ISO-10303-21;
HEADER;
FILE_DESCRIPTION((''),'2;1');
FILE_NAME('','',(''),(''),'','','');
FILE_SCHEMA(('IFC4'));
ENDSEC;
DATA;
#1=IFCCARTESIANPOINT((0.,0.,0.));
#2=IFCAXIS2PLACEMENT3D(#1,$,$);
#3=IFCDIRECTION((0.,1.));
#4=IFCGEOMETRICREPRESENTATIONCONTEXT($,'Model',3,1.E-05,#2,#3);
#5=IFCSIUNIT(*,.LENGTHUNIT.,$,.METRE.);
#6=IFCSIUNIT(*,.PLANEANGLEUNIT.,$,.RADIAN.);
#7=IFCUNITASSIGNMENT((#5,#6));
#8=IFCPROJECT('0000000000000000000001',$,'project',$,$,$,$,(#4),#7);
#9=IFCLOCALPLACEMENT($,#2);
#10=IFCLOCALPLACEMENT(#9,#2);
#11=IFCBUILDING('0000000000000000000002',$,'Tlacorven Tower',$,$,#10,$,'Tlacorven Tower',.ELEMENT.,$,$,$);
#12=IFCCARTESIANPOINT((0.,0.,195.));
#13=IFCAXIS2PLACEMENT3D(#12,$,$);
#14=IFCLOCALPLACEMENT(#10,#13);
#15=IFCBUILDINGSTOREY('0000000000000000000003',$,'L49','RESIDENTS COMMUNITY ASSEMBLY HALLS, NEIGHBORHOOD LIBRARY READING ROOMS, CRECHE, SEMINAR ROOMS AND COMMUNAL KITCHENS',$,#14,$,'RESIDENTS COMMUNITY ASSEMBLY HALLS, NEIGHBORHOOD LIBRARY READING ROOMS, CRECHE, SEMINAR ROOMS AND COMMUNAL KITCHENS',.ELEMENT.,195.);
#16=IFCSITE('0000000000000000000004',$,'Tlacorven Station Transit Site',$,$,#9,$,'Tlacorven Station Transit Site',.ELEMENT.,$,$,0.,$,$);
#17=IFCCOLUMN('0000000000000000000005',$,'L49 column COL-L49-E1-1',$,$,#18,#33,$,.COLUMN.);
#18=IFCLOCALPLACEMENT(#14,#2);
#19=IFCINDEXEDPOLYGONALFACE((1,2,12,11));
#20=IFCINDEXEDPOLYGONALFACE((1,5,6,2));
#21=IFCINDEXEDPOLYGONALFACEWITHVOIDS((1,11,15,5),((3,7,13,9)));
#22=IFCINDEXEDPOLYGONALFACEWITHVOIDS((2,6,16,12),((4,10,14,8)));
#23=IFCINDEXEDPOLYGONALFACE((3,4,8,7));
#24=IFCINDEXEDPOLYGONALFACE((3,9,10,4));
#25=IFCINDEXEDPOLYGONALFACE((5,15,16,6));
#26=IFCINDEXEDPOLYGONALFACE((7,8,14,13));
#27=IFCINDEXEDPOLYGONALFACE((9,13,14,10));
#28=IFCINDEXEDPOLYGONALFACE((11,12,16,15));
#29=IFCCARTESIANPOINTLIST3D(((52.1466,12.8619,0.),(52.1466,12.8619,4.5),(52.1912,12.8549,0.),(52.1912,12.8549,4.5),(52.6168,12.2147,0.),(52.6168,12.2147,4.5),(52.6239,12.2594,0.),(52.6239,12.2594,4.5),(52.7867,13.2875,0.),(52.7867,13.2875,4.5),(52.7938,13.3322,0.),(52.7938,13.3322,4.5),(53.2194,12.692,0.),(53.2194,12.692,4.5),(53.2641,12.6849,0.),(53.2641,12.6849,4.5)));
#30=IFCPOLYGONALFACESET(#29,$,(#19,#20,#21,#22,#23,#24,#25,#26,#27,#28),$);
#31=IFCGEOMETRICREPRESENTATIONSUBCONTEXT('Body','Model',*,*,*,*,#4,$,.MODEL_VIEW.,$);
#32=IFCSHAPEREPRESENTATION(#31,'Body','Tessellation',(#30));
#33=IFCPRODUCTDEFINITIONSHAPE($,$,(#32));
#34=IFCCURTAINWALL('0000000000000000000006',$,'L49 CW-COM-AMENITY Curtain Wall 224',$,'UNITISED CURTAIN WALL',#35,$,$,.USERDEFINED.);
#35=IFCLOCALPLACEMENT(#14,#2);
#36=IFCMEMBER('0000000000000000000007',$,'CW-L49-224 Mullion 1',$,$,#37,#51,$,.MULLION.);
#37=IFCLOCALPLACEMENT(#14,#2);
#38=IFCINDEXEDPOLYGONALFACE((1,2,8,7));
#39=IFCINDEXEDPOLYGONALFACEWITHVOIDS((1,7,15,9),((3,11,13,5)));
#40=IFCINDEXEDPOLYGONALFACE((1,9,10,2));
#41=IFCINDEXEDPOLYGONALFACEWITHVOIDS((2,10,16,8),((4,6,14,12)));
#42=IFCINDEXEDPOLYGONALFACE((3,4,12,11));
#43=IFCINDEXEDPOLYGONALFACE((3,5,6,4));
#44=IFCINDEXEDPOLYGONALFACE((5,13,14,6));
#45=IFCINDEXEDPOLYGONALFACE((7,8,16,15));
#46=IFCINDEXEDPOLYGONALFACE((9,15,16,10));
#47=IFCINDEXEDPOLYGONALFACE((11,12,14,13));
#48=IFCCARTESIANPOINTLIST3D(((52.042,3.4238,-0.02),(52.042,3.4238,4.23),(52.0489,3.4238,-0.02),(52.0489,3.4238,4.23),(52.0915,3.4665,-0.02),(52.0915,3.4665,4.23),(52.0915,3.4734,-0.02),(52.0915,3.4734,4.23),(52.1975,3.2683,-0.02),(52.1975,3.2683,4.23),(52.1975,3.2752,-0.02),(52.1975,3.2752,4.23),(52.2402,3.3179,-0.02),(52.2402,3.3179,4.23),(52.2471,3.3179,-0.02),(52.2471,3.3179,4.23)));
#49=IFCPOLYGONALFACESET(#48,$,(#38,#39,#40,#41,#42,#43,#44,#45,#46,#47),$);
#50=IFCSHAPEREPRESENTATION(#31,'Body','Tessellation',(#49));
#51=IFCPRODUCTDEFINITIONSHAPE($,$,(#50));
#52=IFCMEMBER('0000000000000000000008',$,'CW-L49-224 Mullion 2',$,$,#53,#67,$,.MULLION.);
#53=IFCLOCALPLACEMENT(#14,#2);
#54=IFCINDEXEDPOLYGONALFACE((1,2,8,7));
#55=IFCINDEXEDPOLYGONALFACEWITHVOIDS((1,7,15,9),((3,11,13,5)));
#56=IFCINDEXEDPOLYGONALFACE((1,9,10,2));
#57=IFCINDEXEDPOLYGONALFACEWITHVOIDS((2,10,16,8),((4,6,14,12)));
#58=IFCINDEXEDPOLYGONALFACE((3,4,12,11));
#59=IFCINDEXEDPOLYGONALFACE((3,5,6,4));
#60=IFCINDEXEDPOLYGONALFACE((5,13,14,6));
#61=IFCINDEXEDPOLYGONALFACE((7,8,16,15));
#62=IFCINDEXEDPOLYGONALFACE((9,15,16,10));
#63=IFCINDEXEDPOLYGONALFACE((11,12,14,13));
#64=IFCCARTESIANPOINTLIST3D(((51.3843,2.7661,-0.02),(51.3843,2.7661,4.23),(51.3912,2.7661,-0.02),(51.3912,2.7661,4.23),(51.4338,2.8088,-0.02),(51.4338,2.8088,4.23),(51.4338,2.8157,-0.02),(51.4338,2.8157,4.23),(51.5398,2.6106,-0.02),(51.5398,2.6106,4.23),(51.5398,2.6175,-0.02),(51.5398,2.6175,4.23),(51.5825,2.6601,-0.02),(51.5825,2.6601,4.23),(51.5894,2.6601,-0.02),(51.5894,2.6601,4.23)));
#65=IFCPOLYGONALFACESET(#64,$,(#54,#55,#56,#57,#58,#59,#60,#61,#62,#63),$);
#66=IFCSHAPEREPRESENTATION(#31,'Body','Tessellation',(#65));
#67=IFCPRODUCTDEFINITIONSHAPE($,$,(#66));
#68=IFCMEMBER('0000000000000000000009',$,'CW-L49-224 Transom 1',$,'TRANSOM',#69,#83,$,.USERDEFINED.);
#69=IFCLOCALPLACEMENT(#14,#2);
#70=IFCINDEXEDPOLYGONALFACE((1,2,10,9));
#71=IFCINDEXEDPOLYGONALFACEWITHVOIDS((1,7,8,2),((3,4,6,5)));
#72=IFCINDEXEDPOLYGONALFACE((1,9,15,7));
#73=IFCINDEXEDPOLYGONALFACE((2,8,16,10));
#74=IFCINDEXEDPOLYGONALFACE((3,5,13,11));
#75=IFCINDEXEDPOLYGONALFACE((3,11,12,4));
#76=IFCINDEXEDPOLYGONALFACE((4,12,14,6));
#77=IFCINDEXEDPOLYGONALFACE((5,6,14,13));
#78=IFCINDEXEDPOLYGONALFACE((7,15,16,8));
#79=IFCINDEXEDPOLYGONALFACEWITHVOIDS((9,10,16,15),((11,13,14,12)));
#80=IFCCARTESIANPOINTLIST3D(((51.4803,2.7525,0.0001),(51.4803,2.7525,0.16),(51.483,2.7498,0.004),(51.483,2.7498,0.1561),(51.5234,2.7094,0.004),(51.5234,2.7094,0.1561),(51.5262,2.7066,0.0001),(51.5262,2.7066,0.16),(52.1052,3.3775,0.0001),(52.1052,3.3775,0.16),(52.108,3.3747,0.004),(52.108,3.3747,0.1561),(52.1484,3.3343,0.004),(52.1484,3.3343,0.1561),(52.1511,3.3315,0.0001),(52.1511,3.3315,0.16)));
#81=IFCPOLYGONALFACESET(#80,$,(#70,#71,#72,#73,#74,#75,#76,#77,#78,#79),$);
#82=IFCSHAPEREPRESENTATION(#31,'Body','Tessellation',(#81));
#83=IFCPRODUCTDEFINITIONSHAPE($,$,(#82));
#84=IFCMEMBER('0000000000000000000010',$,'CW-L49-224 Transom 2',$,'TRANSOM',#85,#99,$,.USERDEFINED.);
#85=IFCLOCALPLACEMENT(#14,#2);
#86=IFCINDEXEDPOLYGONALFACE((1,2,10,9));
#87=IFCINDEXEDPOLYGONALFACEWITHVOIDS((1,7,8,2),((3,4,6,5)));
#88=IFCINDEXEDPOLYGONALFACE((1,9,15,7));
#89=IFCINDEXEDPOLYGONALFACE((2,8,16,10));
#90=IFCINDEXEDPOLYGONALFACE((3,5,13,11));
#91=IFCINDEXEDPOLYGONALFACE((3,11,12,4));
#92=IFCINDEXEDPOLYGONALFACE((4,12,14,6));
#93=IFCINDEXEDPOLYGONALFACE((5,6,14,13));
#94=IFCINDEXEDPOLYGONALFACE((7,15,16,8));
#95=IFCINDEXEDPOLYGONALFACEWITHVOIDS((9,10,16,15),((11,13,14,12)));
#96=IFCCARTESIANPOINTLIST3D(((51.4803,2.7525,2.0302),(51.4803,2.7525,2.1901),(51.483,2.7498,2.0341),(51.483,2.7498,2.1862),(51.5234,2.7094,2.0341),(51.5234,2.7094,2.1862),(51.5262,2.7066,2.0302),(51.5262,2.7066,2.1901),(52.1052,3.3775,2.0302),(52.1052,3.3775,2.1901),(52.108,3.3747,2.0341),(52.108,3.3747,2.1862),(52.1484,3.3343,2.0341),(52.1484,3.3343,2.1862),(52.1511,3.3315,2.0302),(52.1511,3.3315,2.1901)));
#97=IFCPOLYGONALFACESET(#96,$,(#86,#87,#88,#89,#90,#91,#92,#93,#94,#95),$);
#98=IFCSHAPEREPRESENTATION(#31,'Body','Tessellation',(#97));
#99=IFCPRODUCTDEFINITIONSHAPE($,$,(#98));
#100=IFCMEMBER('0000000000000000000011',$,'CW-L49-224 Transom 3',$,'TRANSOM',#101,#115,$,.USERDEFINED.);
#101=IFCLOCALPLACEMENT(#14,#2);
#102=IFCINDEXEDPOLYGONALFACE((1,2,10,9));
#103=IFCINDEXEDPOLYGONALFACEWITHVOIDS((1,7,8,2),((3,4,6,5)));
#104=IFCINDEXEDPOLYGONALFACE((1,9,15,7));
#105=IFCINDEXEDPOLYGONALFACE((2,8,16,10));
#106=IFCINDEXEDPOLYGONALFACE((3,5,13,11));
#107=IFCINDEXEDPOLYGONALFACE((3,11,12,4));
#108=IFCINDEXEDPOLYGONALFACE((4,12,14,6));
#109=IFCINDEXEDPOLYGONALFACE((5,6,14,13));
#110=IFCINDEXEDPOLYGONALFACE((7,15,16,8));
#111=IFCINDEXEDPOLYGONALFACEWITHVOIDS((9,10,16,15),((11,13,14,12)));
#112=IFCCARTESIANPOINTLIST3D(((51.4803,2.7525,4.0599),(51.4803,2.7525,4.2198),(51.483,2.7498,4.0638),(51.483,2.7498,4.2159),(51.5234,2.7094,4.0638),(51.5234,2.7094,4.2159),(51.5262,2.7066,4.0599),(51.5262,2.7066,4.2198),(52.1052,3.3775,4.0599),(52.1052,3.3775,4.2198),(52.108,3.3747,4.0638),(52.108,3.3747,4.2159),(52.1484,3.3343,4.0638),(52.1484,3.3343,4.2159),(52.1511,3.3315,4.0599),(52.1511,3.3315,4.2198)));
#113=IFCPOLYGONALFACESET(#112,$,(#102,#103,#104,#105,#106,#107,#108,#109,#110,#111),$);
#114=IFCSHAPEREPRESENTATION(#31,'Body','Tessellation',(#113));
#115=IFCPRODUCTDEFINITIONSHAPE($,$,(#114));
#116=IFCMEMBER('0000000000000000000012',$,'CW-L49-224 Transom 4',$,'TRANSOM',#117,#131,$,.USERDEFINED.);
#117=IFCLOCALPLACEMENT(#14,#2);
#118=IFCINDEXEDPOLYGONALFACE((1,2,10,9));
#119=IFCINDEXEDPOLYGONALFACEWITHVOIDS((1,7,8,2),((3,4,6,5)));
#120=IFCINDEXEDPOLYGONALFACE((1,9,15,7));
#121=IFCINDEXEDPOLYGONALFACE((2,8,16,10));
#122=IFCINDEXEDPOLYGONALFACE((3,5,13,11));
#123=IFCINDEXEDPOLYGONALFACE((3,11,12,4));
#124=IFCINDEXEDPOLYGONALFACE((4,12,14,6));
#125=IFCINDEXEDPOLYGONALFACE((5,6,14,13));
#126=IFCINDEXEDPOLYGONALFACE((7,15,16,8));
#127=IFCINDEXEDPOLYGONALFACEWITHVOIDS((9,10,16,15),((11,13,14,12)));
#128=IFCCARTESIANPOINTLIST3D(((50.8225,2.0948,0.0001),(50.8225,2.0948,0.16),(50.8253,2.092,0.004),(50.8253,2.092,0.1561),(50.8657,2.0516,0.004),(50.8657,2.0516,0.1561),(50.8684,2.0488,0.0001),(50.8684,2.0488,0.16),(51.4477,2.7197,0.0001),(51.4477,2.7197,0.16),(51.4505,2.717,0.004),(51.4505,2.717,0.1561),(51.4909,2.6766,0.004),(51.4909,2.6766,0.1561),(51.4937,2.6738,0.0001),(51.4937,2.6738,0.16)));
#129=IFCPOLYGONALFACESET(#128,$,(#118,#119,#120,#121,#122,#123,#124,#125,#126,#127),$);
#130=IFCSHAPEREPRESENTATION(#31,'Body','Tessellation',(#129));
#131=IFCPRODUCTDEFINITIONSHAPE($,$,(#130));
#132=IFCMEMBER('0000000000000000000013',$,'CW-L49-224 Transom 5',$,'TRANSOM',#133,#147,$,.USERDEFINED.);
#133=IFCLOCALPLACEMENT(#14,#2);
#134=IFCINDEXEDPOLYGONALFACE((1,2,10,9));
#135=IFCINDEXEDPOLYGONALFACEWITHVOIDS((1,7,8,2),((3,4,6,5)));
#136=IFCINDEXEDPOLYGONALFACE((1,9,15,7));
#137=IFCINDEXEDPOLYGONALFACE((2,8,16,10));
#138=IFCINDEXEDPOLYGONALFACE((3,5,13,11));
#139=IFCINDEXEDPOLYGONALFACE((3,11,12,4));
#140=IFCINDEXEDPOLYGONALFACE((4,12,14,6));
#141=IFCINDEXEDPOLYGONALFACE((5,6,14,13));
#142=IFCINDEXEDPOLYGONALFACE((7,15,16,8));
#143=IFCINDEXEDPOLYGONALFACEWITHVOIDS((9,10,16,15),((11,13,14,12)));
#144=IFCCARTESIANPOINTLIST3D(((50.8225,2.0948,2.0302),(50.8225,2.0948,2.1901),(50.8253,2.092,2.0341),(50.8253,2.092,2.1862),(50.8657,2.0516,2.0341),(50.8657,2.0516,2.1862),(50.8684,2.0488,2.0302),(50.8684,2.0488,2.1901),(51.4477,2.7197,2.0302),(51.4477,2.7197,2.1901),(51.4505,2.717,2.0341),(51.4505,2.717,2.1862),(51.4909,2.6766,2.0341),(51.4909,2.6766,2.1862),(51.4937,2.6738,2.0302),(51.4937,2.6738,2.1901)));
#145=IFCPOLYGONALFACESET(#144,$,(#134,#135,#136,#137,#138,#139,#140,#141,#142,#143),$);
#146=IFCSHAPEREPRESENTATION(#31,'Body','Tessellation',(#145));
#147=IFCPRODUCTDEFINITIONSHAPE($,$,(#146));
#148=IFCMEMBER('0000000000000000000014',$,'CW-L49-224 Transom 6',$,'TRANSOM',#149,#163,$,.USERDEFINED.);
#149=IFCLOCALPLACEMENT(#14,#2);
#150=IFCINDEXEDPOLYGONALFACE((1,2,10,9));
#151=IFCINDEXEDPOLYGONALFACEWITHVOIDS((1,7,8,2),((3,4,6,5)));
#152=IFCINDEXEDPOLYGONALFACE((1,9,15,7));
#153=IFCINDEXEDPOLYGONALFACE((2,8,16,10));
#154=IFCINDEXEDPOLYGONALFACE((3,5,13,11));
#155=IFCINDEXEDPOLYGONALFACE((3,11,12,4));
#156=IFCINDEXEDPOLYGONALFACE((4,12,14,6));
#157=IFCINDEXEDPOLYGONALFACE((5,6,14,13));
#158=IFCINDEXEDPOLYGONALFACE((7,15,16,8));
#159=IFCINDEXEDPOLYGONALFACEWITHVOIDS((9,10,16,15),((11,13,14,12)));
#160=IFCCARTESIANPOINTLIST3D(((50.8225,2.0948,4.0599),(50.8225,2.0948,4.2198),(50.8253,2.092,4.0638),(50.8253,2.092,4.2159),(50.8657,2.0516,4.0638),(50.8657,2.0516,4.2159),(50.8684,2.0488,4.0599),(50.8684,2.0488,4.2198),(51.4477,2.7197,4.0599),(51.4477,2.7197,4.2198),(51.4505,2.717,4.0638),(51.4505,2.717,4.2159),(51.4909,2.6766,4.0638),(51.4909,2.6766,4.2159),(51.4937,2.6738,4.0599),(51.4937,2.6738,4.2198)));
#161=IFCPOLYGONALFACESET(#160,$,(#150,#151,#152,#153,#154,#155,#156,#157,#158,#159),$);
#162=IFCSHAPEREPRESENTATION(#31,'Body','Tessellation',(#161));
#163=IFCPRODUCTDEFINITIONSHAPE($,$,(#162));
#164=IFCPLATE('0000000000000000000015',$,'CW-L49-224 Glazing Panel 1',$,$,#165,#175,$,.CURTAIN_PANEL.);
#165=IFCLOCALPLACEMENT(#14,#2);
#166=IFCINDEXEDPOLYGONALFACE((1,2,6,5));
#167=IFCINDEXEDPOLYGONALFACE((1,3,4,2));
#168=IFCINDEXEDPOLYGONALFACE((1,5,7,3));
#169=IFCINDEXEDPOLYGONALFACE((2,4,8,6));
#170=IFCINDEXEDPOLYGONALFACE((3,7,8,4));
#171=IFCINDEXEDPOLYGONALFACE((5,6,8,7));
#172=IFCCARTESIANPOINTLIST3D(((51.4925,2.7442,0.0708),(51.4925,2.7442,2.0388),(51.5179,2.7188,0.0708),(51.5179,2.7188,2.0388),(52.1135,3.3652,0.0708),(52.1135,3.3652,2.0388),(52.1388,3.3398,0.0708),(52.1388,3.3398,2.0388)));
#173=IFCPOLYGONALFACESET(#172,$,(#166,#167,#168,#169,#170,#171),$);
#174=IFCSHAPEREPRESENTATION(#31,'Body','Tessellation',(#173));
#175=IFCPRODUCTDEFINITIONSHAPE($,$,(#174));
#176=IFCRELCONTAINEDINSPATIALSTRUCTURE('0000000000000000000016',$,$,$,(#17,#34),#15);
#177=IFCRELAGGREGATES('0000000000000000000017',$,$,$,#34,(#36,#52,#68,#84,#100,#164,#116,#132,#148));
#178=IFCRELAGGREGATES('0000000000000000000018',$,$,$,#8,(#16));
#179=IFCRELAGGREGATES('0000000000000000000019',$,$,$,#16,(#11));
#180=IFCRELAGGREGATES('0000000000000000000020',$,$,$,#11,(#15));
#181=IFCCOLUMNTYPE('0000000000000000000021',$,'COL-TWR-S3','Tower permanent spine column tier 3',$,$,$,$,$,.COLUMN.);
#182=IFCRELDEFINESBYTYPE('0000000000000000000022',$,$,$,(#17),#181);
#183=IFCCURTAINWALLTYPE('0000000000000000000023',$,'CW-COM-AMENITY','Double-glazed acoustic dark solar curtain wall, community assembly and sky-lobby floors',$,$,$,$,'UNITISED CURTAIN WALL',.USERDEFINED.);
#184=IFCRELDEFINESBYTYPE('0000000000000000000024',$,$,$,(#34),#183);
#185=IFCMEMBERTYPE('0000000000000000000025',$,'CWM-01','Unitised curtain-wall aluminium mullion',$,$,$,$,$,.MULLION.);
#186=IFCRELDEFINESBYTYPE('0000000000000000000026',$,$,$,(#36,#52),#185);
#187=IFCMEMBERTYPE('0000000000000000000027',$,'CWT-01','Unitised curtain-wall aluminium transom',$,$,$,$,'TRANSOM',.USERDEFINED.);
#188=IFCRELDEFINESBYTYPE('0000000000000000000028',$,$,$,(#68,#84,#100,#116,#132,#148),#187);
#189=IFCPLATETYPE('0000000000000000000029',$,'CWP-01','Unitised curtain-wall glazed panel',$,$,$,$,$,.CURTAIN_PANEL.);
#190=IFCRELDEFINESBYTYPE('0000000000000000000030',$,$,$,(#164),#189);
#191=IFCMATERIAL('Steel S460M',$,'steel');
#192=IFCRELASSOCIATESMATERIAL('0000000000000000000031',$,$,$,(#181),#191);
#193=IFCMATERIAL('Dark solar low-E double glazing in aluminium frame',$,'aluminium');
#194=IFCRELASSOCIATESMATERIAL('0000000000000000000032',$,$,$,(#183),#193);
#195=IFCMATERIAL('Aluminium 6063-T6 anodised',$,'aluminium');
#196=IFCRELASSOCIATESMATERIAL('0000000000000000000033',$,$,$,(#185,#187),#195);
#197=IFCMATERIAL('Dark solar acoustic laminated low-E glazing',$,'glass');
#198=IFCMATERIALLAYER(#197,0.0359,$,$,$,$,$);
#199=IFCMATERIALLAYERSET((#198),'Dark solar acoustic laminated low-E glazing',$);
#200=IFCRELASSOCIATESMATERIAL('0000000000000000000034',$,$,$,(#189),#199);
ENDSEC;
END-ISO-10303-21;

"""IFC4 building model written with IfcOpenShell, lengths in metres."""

from ifc_helpers import new_model, si_unit, direction, frame, origin, origin_2d, place, context, subcontext, project, spatial, rectangle, hollow_rectangle, extrude, source, transform, mapped, material, layer, layer_set, material_profile, profile_set, type_object, element, aggregate, save


model = new_model("IFC4")

# Units and contexts
model_context = context("Model", 3, precision=1e-05, world=origin(), true_north=direction((0.0, 1.0)))
body_context = subcontext(model_context, "Body", "Model", "MODEL_VIEW")
ifc_project = project(units=[si_unit("LENGTHUNIT", "METRE"), si_unit("PLANEANGLEUNIT", "RADIAN")], contexts=[model_context])

# Site, building, storey
site_placement = place(None, origin())
site = spatial("IfcSite", under=ifc_project, at=site_placement, Name="Tlacorven Station Transit Site", LongName="Tlacorven Station Transit Site", CompositionType="ELEMENT", RefElevation=0.0)
building_placement = place(site_placement, origin())
building = spatial("IfcBuilding", under=site, at=building_placement, Name="Tlacorven Tower", LongName="Tlacorven Tower", CompositionType="ELEMENT")
storey_placement = place(building_placement, frame((0.0, 0.0, 195.0)))
storey = spatial("IfcBuildingStorey", under=building, at=storey_placement, Name="L49", Description="RESIDENTS COMMUNITY ASSEMBLY HALLS, NEIGHBORHOOD LIBRARY READING ROOMS, CRECHE, SEMINAR ROOMS AND COMMUNAL KITCHENS", LongName="RESIDENTS COMMUNITY ASSEMBLY HALLS, NEIGHBORHOOD LIBRARY READING ROOMS, CRECHE, SEMINAR ROOMS AND COMMUNAL KITCHENS", CompositionType="ELEMENT", Elevation=195.0)

# Column
ifc_material_1 = material(Name="Steel S460M", Category="steel")
ifc_material_profile_1 = material_profile(ifc_material_1, hollow_rectangle(XDim=0.8, YDim=0.8, WallThickness=0.032, at=origin_2d()), Name="BOX 800X800X32")
ifc_profile_set_1 = profile_set([ifc_material_profile_1], Name="Steel S460M")
column_type = type_object("IfcColumnType", Name="COL-TWR-S3", Description="Tower permanent spine column tier 3", PredefinedType="COLUMN", material=ifc_profile_set_1)
shared_shape_1 = source(origin(), body_context, "Body", "SweptSolid", [
    extrude(hollow_rectangle(XDim=0.8, YDim=0.8, WallThickness=0.032, at=origin_2d()), origin(), (0.0, 0.0, 1.0), 4.5),
])
column_placement = place(storey_placement, frame((52.7053, 12.7734, 0.0), z_axis=(0.0, 0.0, 1.0), x_axis=(0.809017, 0.587785, 0.0)))
element("IfcColumn", 1, at=column_placement, inside=storey, type_object=column_type, Name="L49 column COL-L49-E1-1", PredefinedType="COLUMN", context=body_context, shape_type="MappedRepresentation", body=[
    mapped(shared_shape_1, transform((0.0, 0.0, 0.0), scale=1.0)),
])

# Curtain wall, members, plate
ifc_material_2 = material(Name="Dark solar low-E double glazing in aluminium frame", Category="aluminium")
curtain_wall_type = type_object("IfcCurtainWallType", Name="CW-COM-AMENITY", Description="Double-glazed acoustic dark solar curtain wall, community assembly and sky-lobby floors", ElementType="UNITISED CURTAIN WALL", PredefinedType="USERDEFINED", material=ifc_material_2)
curtain_wall_placement = place(storey_placement, origin())
curtain_wall = element("IfcCurtainWall", 2, at=curtain_wall_placement, inside=storey, type_object=curtain_wall_type, Name="L49 CW-COM-AMENITY Curtain Wall 224", ObjectType="UNITISED CURTAIN WALL", PredefinedType="USERDEFINED")
ifc_material_3 = material(Name="Aluminium 6063-T6 anodised", Category="aluminium")
ifc_material_profile_2 = material_profile(ifc_material_3, hollow_rectangle(XDim=0.0701, YDim=0.22, WallThickness=0.0049, at=origin_2d()), Name="ALU MULLION 70X220")
ifc_profile_set_2 = profile_set([ifc_material_profile_2], Name="Aluminium 6063-T6 anodised")
member_type_1 = type_object("IfcMemberType", Name="CWM-01", Description="Unitised curtain-wall aluminium mullion", PredefinedType="MULLION", material=ifc_profile_set_2)
shared_shape_2 = source(origin(), body_context, "Body", "SweptSolid", [
    extrude(hollow_rectangle(XDim=0.0701, YDim=0.22, WallThickness=0.0049, at=origin_2d()), origin(), (0.0, 0.0, 1.0), 4.25),
])
member_1_placement = place(storey_placement, frame((52.1445, 3.3708, -0.02), z_axis=(0.0, 0.0, 1.0), x_axis=(-0.707107, -0.707107, 0.0)))
member_1 = element("IfcMember", 3, at=member_1_placement, type_object=member_type_1, Name="CW-L49-224 Mullion 1", PredefinedType="MULLION", context=body_context, shape_type="MappedRepresentation", body=[
    mapped(shared_shape_2, transform((0.0, 0.0, 0.0), scale=1.0)),
])
member_2_placement = place(storey_placement, frame((51.4868, 2.7131, -0.02), z_axis=(0.0, 0.0, 1.0), x_axis=(-0.707107, -0.707107, 0.0)))
member_2 = element("IfcMember", 4, at=member_2_placement, type_object=member_type_1, Name="CW-L49-224 Mullion 2", PredefinedType="MULLION", context=body_context, shape_type="MappedRepresentation", body=[
    mapped(shared_shape_2, transform((0.0, 0.0, 0.0), scale=1.0)),
])
ifc_material_profile_3 = material_profile(ifc_material_3, hollow_rectangle(XDim=0.0649, YDim=0.1599, WallThickness=0.0039, at=origin_2d()), Name="ALU TRANSOM 65X160")
ifc_profile_set_3 = profile_set([ifc_material_profile_3], Name="Aluminium 6063-T6 anodised")
member_type_2 = type_object("IfcMemberType", Name="CWT-01", Description="Unitised curtain-wall aluminium transom", ElementType="TRANSOM", PredefinedType="USERDEFINED", material=ifc_profile_set_3)
shared_shape_3 = source(origin(), body_context, "Body", "SweptSolid", [
    extrude(hollow_rectangle(XDim=0.0649, YDim=0.1599, WallThickness=0.0039, at=origin_2d()), origin(), (0.0, 0.0, 1.0), 0.8838),
])
member_3_placement = place(storey_placement, frame((52.1282, 3.3545, 0.0801), z_axis=(-0.707107, -0.707107, 0.0), x_axis=(0.707107, -0.707107, 0.0)))
member_3 = element("IfcMember", 5, at=member_3_placement, type_object=member_type_2, Name="CW-L49-224 Transom 1", ObjectType="TRANSOM", PredefinedType="USERDEFINED", context=body_context, shape_type="MappedRepresentation", body=[
    mapped(shared_shape_3, transform((0.0, 0.0, 0.0), scale=1.0)),
])
member_4_placement = place(storey_placement, frame((52.1282, 3.3545, 2.1101), z_axis=(-0.707107, -0.707107, 0.0), x_axis=(0.707107, -0.707107, 0.0)))
member_4 = element("IfcMember", 6, at=member_4_placement, type_object=member_type_2, Name="CW-L49-224 Transom 2", ObjectType="TRANSOM", PredefinedType="USERDEFINED", context=body_context, shape_type="MappedRepresentation", body=[
    mapped(shared_shape_3, transform((0.0, 0.0, 0.0), scale=1.0)),
])
member_5_placement = place(storey_placement, frame((52.1282, 3.3545, 4.1399), z_axis=(-0.707107, -0.707107, 0.0), x_axis=(0.707107, -0.707107, 0.0)))
member_5 = element("IfcMember", 7, at=member_5_placement, type_object=member_type_2, Name="CW-L49-224 Transom 3", ObjectType="TRANSOM", PredefinedType="USERDEFINED", context=body_context, shape_type="MappedRepresentation", body=[
    mapped(shared_shape_3, transform((0.0, 0.0, 0.0), scale=1.0)),
])
shared_shape_4 = source(origin(), body_context, "Body", "SweptSolid", [
    extrude(hollow_rectangle(XDim=0.0649, YDim=0.1599, WallThickness=0.0039, at=origin_2d()), origin(), (0.0, 0.0, 1.0), 0.884),
])
member_6_placement = place(storey_placement, frame((51.4707, 2.6968, 0.0801), z_axis=(-0.707245, -0.706969, 0.0), x_axis=(0.706969, -0.707245, 0.0)))
member_6 = element("IfcMember", 8, at=member_6_placement, type_object=member_type_2, Name="CW-L49-224 Transom 4", ObjectType="TRANSOM", PredefinedType="USERDEFINED", context=body_context, shape_type="MappedRepresentation", body=[
    mapped(shared_shape_4, transform((0.0, 0.0, 0.0), scale=1.0)),
])
member_7_placement = place(storey_placement, frame((51.4707, 2.6968, 2.1101), z_axis=(-0.707245, -0.706969, 0.0), x_axis=(0.706969, -0.707245, 0.0)))
member_7 = element("IfcMember", 9, at=member_7_placement, type_object=member_type_2, Name="CW-L49-224 Transom 5", ObjectType="TRANSOM", PredefinedType="USERDEFINED", context=body_context, shape_type="MappedRepresentation", body=[
    mapped(shared_shape_4, transform((0.0, 0.0, 0.0), scale=1.0)),
])
member_8_placement = place(storey_placement, frame((51.4707, 2.6968, 4.1399), z_axis=(-0.707245, -0.706969, 0.0), x_axis=(0.706969, -0.707245, 0.0)))
member_8 = element("IfcMember", 10, at=member_8_placement, type_object=member_type_2, Name="CW-L49-224 Transom 6", ObjectType="TRANSOM", PredefinedType="USERDEFINED", context=body_context, shape_type="MappedRepresentation", body=[
    mapped(shared_shape_4, transform((0.0, 0.0, 0.0), scale=1.0)),
])
ifc_material_4 = material(Name="Dark solar acoustic laminated low-E glazing", Category="glass")
ifc_layer_1 = layer(ifc_material_4, 0.0359)
ifc_layer_set_1 = layer_set([ifc_layer_1], Name="Dark solar acoustic laminated low-E glazing")
plate_type = type_object("IfcPlateType", Name="CWP-01", Description="Unitised curtain-wall glazed panel", PredefinedType="CURTAIN_PANEL", material=ifc_layer_set_1)
shared_shape_5 = source(origin(), body_context, "Body", "SweptSolid", [
    extrude(rectangle(XDim=0.8782, YDim=0.0359, at=origin_2d()), origin(), (0.0, 0.0, 1.0), 1.968),
])
plate_1_placement = place(storey_placement, frame((51.8157, 3.042, 0.0708), z_axis=(0.0, 0.0, 1.0), x_axis=(-0.707107, -0.707107, 0.0)))
plate_1 = element("IfcPlate", 11, at=plate_1_placement, type_object=plate_type, Name="CW-L49-224 Glazing Panel 1", PredefinedType="CURTAIN_PANEL", context=body_context, shape_type="MappedRepresentation", body=[
    mapped(shared_shape_5, transform((0.0, 0.0, 0.0), scale=1.0)),
])
aggregate(curtain_wall, [member_1, member_2, member_3, member_4, member_5, plate_1, member_6, member_7, member_8])

save(model, "model.ifc")
